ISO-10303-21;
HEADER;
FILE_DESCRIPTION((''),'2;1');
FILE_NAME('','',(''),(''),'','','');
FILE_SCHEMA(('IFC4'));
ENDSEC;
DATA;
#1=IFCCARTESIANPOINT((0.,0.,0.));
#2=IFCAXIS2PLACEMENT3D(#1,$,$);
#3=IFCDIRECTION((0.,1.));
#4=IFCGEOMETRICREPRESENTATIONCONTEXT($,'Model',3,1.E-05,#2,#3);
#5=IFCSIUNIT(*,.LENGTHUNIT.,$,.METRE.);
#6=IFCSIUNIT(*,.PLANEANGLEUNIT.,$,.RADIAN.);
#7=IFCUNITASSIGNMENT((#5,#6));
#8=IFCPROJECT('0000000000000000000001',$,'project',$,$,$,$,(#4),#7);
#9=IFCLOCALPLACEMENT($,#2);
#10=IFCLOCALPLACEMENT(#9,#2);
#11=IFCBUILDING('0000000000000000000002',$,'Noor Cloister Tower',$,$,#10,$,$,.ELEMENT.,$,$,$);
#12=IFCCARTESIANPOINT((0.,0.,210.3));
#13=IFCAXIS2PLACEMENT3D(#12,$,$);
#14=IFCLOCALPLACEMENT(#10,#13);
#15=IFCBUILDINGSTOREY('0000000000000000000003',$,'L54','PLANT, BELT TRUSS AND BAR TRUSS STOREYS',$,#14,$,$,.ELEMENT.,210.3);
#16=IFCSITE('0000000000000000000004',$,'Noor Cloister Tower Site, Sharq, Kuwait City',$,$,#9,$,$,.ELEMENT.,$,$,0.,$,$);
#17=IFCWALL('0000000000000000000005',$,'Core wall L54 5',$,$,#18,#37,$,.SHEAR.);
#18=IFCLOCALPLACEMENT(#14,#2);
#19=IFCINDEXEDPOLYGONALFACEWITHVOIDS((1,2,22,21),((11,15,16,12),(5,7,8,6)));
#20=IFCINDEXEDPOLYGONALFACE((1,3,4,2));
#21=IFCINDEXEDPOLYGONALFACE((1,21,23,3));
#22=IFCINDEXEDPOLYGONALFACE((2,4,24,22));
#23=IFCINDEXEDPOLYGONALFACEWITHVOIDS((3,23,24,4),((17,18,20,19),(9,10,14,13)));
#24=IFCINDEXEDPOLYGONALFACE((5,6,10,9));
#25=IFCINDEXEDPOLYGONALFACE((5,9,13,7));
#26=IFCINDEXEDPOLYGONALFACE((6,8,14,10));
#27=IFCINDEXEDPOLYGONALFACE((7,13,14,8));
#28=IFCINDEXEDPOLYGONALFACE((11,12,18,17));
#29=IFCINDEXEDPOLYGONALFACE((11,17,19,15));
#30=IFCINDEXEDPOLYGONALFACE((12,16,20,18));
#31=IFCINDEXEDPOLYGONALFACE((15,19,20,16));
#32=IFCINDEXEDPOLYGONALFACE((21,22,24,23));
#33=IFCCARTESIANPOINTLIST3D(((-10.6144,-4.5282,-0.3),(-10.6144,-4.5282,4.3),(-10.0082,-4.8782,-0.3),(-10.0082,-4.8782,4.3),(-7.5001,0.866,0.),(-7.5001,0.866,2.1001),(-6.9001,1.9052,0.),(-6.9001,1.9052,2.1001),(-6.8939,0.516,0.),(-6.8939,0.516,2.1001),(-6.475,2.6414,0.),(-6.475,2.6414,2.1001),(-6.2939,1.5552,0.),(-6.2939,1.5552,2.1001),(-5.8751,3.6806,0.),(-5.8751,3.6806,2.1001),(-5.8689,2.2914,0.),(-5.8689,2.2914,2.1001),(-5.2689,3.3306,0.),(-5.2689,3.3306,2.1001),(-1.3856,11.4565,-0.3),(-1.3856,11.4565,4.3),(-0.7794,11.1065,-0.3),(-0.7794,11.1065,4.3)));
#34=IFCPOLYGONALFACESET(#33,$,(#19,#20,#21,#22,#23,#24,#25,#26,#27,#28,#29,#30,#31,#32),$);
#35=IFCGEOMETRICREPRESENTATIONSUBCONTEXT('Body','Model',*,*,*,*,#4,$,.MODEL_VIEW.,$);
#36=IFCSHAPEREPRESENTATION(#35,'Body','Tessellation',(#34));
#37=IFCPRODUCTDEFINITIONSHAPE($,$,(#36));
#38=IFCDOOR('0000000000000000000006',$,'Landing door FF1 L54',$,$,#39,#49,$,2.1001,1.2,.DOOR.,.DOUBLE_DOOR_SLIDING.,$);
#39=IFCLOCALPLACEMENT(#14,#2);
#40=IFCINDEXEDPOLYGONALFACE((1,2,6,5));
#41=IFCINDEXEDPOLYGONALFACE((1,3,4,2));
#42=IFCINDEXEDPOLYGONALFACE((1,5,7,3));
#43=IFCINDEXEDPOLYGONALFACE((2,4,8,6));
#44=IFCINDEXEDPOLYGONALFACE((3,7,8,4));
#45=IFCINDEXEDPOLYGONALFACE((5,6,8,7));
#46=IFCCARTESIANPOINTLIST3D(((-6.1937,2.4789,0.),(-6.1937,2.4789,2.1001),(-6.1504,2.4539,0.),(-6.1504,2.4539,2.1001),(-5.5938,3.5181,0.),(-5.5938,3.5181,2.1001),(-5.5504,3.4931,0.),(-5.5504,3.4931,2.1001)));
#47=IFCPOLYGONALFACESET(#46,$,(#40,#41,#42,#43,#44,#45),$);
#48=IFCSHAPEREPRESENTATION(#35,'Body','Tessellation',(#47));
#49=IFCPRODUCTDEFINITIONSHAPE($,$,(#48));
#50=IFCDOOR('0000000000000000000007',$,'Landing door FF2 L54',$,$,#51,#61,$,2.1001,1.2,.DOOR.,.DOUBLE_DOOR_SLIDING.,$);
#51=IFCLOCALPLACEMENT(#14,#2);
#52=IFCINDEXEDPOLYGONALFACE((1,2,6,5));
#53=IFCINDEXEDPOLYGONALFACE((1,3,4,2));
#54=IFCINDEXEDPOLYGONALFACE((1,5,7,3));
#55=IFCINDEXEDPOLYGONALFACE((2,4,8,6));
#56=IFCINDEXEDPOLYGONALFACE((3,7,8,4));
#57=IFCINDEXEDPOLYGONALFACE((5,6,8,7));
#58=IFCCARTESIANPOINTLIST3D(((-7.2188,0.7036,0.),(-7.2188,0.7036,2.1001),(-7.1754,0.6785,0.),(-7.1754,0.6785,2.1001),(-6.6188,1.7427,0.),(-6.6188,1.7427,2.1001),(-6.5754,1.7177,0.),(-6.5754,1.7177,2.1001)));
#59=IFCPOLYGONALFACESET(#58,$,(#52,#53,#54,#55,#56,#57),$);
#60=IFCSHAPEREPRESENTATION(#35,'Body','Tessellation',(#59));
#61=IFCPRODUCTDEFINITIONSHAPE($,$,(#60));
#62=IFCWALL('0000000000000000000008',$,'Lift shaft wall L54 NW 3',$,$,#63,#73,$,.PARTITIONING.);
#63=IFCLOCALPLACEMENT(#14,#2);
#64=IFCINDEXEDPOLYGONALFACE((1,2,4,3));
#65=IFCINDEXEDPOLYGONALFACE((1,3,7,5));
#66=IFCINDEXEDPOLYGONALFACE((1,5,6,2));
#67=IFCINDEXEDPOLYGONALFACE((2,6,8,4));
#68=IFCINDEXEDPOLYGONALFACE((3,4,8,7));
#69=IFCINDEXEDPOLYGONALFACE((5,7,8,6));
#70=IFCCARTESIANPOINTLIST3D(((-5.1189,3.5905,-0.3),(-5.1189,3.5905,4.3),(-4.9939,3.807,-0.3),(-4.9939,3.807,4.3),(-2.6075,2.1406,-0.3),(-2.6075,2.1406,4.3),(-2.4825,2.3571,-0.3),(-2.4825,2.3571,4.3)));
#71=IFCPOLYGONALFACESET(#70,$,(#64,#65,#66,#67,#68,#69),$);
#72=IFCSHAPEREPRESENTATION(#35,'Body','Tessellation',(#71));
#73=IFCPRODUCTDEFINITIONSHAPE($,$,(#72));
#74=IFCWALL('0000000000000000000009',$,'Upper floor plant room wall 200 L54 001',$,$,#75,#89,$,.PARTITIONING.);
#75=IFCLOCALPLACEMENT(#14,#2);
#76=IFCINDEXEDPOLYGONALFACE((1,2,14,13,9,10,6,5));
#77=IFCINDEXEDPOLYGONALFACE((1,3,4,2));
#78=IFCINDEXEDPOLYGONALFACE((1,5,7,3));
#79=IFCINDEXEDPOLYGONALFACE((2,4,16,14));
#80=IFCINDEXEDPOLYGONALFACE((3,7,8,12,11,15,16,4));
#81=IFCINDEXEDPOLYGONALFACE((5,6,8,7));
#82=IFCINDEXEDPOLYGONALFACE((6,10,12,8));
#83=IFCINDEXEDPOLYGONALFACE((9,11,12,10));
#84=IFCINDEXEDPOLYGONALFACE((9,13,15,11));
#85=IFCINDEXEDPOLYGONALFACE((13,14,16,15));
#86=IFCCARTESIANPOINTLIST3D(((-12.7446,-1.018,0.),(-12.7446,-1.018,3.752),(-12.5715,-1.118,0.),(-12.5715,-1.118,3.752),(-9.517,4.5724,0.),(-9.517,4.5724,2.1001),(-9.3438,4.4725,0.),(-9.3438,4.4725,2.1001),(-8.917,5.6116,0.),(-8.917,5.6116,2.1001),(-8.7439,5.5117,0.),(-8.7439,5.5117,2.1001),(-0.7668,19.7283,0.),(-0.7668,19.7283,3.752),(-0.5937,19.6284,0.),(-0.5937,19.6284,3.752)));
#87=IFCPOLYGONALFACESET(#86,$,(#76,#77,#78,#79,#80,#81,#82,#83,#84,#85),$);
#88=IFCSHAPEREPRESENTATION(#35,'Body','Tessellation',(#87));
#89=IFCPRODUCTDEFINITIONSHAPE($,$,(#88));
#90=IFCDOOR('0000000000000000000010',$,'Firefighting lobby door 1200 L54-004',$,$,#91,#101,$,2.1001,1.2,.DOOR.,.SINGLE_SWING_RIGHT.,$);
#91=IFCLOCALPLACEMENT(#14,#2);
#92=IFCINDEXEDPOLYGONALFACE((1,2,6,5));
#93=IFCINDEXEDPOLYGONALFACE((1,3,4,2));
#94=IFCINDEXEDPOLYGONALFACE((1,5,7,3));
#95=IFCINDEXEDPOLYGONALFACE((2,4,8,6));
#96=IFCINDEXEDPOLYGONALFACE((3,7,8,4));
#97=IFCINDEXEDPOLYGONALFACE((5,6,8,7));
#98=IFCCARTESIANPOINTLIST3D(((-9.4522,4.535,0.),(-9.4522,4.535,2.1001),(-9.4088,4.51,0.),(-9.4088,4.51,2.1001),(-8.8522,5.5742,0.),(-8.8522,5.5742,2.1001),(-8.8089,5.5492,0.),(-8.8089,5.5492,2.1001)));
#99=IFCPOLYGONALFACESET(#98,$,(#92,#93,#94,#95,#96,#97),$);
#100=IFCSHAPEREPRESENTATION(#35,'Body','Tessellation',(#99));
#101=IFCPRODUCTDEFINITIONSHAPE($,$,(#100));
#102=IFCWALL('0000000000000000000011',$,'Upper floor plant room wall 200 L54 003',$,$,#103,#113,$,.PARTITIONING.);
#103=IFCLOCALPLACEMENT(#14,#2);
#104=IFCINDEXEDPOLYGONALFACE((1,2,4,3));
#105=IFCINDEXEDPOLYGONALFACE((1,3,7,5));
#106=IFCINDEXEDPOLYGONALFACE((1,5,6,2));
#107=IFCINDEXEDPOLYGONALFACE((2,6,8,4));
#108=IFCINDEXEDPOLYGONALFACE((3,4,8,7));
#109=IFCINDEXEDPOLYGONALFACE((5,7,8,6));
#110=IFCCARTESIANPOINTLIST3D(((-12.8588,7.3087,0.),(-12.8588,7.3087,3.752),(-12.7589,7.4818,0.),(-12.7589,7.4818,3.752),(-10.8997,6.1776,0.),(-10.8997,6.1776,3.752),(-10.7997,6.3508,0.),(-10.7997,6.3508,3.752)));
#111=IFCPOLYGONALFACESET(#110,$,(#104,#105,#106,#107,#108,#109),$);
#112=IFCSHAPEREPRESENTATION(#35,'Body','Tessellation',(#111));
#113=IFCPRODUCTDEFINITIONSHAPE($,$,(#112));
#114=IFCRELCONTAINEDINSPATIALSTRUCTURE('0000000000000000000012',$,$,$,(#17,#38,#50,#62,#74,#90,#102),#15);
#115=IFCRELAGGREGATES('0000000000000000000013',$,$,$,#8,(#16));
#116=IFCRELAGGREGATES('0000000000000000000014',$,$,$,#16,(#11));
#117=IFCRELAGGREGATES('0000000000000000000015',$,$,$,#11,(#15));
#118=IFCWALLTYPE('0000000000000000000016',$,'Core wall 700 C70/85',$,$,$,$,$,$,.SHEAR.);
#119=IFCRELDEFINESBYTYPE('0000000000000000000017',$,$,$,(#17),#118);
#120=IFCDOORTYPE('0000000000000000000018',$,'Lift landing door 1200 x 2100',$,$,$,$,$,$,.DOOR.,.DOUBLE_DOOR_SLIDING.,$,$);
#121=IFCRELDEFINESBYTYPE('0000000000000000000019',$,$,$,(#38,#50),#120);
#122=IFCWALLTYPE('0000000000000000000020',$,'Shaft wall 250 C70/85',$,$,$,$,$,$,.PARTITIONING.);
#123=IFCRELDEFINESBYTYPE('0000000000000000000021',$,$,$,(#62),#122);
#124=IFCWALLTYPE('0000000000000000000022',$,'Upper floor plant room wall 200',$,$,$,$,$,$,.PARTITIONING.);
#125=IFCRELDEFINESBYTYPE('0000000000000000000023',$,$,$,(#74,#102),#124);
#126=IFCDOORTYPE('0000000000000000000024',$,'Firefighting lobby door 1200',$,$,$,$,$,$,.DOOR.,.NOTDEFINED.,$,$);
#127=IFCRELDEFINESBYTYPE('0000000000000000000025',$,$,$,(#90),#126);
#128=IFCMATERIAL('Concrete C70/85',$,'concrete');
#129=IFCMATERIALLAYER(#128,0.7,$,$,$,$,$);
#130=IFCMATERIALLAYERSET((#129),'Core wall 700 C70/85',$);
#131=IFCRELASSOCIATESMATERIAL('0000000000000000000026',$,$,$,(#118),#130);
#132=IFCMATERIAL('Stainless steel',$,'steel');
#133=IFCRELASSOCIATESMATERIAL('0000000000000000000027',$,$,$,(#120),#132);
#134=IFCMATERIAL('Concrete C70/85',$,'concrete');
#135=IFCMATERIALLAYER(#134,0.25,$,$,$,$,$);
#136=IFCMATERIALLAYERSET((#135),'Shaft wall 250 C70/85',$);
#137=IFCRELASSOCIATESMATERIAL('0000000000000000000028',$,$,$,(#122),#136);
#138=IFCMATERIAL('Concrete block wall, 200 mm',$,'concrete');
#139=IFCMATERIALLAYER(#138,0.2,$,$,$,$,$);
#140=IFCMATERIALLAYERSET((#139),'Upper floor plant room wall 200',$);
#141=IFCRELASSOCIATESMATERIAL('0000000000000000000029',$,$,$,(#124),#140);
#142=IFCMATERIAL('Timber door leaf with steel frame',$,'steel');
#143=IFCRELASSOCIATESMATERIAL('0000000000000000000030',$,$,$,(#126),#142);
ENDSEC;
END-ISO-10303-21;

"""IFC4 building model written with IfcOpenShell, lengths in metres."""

from ifc_helpers import new_model, si_unit, direction, frame, frame_2d, origin, place, context, subcontext, project, spatial, rectangle, extrude, material, layer, layer_set, type_object, element, fill, save


model = new_model("IFC4")

# Units and contexts
model_context = context("Model", 3, precision=1e-05, world=origin(), true_north=direction((0.0, 1.0)))
body_context = subcontext(model_context, "Body", "Model", "MODEL_VIEW")
ifc_project = project(units=[si_unit("LENGTHUNIT", "METRE"), si_unit("PLANEANGLEUNIT", "RADIAN")], contexts=[model_context])

# Site, building, storey
site_placement = place(None, origin())
site = spatial("IfcSite", under=ifc_project, at=site_placement, Name="Noor Cloister Tower Site, Sharq, Kuwait City", CompositionType="ELEMENT", RefElevation=0.0)
building_placement = place(site_placement, origin())
building = spatial("IfcBuilding", under=site, at=building_placement, Name="Noor Cloister Tower", CompositionType="ELEMENT")
storey_placement = place(building_placement, frame((0.0, 0.0, 210.3)))
storey = spatial("IfcBuildingStorey", under=building, at=storey_placement, Name="L54", Description="PLANT, BELT TRUSS AND BAR TRUSS STOREYS", CompositionType="ELEMENT", Elevation=210.3)

# Wall, openings, doors
ifc_material_1 = material(Name="Concrete C70/85", Category="concrete")
ifc_layer_1 = layer(ifc_material_1, 0.7)
ifc_layer_set_1 = layer_set([ifc_layer_1], Name="Core wall 700 C70/85")
wall_type_1 = type_object("IfcWallType", Name="Core wall 700 C70/85", PredefinedType="SHEAR", material=ifc_layer_set_1)
wall_1_placement = place(storey_placement, frame((-1.0825, 11.2815, -0.3), z_axis=(0.0, 0.0, 1.0), x_axis=(-0.500001, -0.866025, 0.0)))
wall_1 = element("IfcWall", 1, at=wall_1_placement, inside=storey, type_object=wall_type_1, Name="Core wall L54 5", PredefinedType="SHEAR", context=body_context, shape_type="SweptSolid", body=[
    extrude(rectangle(XDim=18.4575, YDim=0.7, at=frame_2d((9.2288, 0.0))), origin(), (0.0, 0.0, 1.0), 4.6001),
])
opening_1_placement = place(wall_1_placement, frame((8.9788, 0.0, 0.3)))
opening_1 = element("IfcOpeningElement", 2, at=opening_1_placement, cuts=wall_1, PredefinedType="OPENING", context=body_context, shape_type="SweptSolid", body=[
    extrude(rectangle(XDim=1.2, YDim=2.1001, at=frame_2d((0.6001, 1.05))), frame((0.0, 0.3599, 0.0), z_axis=(0.0, -1.0, 0.0), x_axis=(1.0, 0.0, 0.0)), (0.0, 0.0, 1.0), 0.72),
])
opening_2_placement = place(wall_1_placement, frame((11.0288, 0.0, 0.3)))
opening_2 = element("IfcOpeningElement", 3, at=opening_2_placement, cuts=wall_1, PredefinedType="OPENING", context=body_context, shape_type="SweptSolid", body=[
    extrude(rectangle(XDim=1.2, YDim=2.1001, at=frame_2d((0.6001, 1.05))), frame((0.0, 0.3599, 0.0), z_axis=(0.0, -1.0, 0.0), x_axis=(1.0, 0.0, 0.0)), (0.0, 0.0, 1.0), 0.72),
])
ifc_material_2 = material(Name="Stainless steel", Category="steel")
door_type_1 = type_object("IfcDoorType", Name="Lift landing door 1200 x 2100", OperationType="DOUBLE_DOOR_SLIDING", PredefinedType="DOOR", material=ifc_material_2)
door_1_placement = place(opening_1_placement, origin())
door_1 = element("IfcDoor", 4, at=door_1_placement, inside=storey, type_object=door_type_1, Name="Landing door FF1 L54", OperationType="DOUBLE_DOOR_SLIDING", OverallHeight=2.1001, OverallWidth=1.2, PredefinedType="DOOR", context=body_context, shape_type="SweptSolid", body=[
    extrude(rectangle(XDim=1.2, YDim=2.1001, at=frame_2d((0.6001, 1.05))), frame((0.0, 0.0249, 0.0), z_axis=(0.0, -1.0, 0.0), x_axis=(1.0, 0.0, 0.0)), (0.0, 0.0, 1.0), 0.05),
])
fill(opening_1, door_1)
door_2_placement = place(opening_2_placement, origin())
door_2 = element("IfcDoor", 5, at=door_2_placement, inside=storey, type_object=door_type_1, Name="Landing door FF2 L54", OperationType="DOUBLE_DOOR_SLIDING", OverallHeight=2.1001, OverallWidth=1.2, PredefinedType="DOOR", context=body_context, shape_type="SweptSolid", body=[
    extrude(rectangle(XDim=1.2, YDim=2.1001, at=frame_2d((0.6001, 1.05))), frame((0.0, 0.0249, 0.0), z_axis=(0.0, -1.0, 0.0), x_axis=(1.0, 0.0, 0.0)), (0.0, 0.0, 1.0), 0.05),
])
fill(opening_2, door_2)

# Wall
ifc_material_3 = material(Name="Concrete C70/85", Category="concrete")
ifc_layer_2 = layer(ifc_material_3, 0.25)
ifc_layer_set_2 = layer_set([ifc_layer_2], Name="Shaft wall 250 C70/85")
wall_type_2 = type_object("IfcWallType", Name="Shaft wall 250 C70/85", PredefinedType="PARTITIONING", material=ifc_layer_set_2)
wall_2_placement = place(storey_placement, frame((-5.0564, 3.6987, -0.3), z_axis=(0.0, 0.0, 1.0), x_axis=(0.866033, -0.499987, 0.0)))
element("IfcWall", 6, at=wall_2_placement, inside=storey, type_object=wall_type_2, Name="Lift shaft wall L54 NW 3", PredefinedType="PARTITIONING", context=body_context, shape_type="SweptSolid", body=[
    extrude(rectangle(XDim=2.8999, YDim=0.25, at=frame_2d((1.45, 0.0))), origin(), (0.0, 0.0, 1.0), 4.6001),
])

# Wall, opening, door
ifc_material_4 = material(Name="Concrete block wall, 200 mm", Category="concrete")
ifc_layer_3 = layer(ifc_material_4, 0.2)
ifc_layer_set_3 = layer_set([ifc_layer_3], Name="Upper floor plant room wall 200")
wall_type_3 = type_object("IfcWallType", Name="Upper floor plant room wall 200", PredefinedType="PARTITIONING", material=ifc_layer_set_3)
wall_3_placement = place(storey_placement, frame((-0.6802, 19.6785, 0.0), z_axis=(0.0, 0.0, 1.0), x_axis=(-0.499996, -0.866028, 0.0)))
wall_3 = element("IfcWall", 7, at=wall_3_placement, inside=storey, type_object=wall_type_3, Name="Upper floor plant room wall 200 L54 001", PredefinedType="PARTITIONING", context=body_context, shape_type="SweptSolid", body=[
    extrude(rectangle(XDim=23.9558, YDim=0.2, at=frame_2d((11.978, 0.0))), origin(), (0.0, 0.0, 1.0), 3.752),
])
opening_3_placement = place(wall_3_placement, frame((16.3005, 0.0, 0.0)))
opening_3 = element("IfcOpeningElement", 8, at=opening_3_placement, cuts=wall_3, PredefinedType="OPENING", context=body_context, shape_type="SweptSolid", body=[
    extrude(rectangle(XDim=1.2, YDim=2.1001, at=frame_2d((0.6001, 1.05))), frame((0.0, 0.1099, 0.0), z_axis=(0.0, -1.0, 0.0), x_axis=(1.0, 0.0, 0.0)), (0.0, 0.0, 1.0), 0.22),
])
ifc_material_5 = material(Name="Timber door leaf with steel frame", Category="steel")
door_type_2 = type_object("IfcDoorType", Name="Firefighting lobby door 1200", OperationType="NOTDEFINED", PredefinedType="DOOR", material=ifc_material_5)
door_3_placement = place(opening_3_placement, origin())
door_3 = element("IfcDoor", 9, at=door_3_placement, inside=storey, type_object=door_type_2, Name="Firefighting lobby door 1200 L54-004", OperationType="SINGLE_SWING_RIGHT", OverallHeight=2.1001, OverallWidth=1.2, PredefinedType="DOOR", context=body_context, shape_type="SweptSolid", body=[
    extrude(rectangle(XDim=1.2, YDim=2.1001, at=frame_2d((0.6001, 1.05))), frame((0.0, 0.0249, 0.0), z_axis=(0.0, -1.0, 0.0), x_axis=(1.0, 0.0, 0.0)), (0.0, 0.0, 1.0), 0.05),
])
fill(opening_3, door_3)

# Wall
wall_4_placement = place(storey_placement, frame((-12.8088, 7.3953, 0.0), z_axis=(0.0, 0.0, 1.0), x_axis=(0.866036, -0.499981, 0.0)))
element("IfcWall", 10, at=wall_4_placement, inside=storey, type_object=wall_type_3, Name="Upper floor plant room wall 200 L54 003", PredefinedType="PARTITIONING", context=body_context, shape_type="SweptSolid", body=[
    extrude(rectangle(XDim=2.2622, YDim=0.2, at=frame_2d((1.1311, 0.0))), origin(), (0.0, 0.0, 1.0), 3.752),
])

save(model, "model.ifc")
